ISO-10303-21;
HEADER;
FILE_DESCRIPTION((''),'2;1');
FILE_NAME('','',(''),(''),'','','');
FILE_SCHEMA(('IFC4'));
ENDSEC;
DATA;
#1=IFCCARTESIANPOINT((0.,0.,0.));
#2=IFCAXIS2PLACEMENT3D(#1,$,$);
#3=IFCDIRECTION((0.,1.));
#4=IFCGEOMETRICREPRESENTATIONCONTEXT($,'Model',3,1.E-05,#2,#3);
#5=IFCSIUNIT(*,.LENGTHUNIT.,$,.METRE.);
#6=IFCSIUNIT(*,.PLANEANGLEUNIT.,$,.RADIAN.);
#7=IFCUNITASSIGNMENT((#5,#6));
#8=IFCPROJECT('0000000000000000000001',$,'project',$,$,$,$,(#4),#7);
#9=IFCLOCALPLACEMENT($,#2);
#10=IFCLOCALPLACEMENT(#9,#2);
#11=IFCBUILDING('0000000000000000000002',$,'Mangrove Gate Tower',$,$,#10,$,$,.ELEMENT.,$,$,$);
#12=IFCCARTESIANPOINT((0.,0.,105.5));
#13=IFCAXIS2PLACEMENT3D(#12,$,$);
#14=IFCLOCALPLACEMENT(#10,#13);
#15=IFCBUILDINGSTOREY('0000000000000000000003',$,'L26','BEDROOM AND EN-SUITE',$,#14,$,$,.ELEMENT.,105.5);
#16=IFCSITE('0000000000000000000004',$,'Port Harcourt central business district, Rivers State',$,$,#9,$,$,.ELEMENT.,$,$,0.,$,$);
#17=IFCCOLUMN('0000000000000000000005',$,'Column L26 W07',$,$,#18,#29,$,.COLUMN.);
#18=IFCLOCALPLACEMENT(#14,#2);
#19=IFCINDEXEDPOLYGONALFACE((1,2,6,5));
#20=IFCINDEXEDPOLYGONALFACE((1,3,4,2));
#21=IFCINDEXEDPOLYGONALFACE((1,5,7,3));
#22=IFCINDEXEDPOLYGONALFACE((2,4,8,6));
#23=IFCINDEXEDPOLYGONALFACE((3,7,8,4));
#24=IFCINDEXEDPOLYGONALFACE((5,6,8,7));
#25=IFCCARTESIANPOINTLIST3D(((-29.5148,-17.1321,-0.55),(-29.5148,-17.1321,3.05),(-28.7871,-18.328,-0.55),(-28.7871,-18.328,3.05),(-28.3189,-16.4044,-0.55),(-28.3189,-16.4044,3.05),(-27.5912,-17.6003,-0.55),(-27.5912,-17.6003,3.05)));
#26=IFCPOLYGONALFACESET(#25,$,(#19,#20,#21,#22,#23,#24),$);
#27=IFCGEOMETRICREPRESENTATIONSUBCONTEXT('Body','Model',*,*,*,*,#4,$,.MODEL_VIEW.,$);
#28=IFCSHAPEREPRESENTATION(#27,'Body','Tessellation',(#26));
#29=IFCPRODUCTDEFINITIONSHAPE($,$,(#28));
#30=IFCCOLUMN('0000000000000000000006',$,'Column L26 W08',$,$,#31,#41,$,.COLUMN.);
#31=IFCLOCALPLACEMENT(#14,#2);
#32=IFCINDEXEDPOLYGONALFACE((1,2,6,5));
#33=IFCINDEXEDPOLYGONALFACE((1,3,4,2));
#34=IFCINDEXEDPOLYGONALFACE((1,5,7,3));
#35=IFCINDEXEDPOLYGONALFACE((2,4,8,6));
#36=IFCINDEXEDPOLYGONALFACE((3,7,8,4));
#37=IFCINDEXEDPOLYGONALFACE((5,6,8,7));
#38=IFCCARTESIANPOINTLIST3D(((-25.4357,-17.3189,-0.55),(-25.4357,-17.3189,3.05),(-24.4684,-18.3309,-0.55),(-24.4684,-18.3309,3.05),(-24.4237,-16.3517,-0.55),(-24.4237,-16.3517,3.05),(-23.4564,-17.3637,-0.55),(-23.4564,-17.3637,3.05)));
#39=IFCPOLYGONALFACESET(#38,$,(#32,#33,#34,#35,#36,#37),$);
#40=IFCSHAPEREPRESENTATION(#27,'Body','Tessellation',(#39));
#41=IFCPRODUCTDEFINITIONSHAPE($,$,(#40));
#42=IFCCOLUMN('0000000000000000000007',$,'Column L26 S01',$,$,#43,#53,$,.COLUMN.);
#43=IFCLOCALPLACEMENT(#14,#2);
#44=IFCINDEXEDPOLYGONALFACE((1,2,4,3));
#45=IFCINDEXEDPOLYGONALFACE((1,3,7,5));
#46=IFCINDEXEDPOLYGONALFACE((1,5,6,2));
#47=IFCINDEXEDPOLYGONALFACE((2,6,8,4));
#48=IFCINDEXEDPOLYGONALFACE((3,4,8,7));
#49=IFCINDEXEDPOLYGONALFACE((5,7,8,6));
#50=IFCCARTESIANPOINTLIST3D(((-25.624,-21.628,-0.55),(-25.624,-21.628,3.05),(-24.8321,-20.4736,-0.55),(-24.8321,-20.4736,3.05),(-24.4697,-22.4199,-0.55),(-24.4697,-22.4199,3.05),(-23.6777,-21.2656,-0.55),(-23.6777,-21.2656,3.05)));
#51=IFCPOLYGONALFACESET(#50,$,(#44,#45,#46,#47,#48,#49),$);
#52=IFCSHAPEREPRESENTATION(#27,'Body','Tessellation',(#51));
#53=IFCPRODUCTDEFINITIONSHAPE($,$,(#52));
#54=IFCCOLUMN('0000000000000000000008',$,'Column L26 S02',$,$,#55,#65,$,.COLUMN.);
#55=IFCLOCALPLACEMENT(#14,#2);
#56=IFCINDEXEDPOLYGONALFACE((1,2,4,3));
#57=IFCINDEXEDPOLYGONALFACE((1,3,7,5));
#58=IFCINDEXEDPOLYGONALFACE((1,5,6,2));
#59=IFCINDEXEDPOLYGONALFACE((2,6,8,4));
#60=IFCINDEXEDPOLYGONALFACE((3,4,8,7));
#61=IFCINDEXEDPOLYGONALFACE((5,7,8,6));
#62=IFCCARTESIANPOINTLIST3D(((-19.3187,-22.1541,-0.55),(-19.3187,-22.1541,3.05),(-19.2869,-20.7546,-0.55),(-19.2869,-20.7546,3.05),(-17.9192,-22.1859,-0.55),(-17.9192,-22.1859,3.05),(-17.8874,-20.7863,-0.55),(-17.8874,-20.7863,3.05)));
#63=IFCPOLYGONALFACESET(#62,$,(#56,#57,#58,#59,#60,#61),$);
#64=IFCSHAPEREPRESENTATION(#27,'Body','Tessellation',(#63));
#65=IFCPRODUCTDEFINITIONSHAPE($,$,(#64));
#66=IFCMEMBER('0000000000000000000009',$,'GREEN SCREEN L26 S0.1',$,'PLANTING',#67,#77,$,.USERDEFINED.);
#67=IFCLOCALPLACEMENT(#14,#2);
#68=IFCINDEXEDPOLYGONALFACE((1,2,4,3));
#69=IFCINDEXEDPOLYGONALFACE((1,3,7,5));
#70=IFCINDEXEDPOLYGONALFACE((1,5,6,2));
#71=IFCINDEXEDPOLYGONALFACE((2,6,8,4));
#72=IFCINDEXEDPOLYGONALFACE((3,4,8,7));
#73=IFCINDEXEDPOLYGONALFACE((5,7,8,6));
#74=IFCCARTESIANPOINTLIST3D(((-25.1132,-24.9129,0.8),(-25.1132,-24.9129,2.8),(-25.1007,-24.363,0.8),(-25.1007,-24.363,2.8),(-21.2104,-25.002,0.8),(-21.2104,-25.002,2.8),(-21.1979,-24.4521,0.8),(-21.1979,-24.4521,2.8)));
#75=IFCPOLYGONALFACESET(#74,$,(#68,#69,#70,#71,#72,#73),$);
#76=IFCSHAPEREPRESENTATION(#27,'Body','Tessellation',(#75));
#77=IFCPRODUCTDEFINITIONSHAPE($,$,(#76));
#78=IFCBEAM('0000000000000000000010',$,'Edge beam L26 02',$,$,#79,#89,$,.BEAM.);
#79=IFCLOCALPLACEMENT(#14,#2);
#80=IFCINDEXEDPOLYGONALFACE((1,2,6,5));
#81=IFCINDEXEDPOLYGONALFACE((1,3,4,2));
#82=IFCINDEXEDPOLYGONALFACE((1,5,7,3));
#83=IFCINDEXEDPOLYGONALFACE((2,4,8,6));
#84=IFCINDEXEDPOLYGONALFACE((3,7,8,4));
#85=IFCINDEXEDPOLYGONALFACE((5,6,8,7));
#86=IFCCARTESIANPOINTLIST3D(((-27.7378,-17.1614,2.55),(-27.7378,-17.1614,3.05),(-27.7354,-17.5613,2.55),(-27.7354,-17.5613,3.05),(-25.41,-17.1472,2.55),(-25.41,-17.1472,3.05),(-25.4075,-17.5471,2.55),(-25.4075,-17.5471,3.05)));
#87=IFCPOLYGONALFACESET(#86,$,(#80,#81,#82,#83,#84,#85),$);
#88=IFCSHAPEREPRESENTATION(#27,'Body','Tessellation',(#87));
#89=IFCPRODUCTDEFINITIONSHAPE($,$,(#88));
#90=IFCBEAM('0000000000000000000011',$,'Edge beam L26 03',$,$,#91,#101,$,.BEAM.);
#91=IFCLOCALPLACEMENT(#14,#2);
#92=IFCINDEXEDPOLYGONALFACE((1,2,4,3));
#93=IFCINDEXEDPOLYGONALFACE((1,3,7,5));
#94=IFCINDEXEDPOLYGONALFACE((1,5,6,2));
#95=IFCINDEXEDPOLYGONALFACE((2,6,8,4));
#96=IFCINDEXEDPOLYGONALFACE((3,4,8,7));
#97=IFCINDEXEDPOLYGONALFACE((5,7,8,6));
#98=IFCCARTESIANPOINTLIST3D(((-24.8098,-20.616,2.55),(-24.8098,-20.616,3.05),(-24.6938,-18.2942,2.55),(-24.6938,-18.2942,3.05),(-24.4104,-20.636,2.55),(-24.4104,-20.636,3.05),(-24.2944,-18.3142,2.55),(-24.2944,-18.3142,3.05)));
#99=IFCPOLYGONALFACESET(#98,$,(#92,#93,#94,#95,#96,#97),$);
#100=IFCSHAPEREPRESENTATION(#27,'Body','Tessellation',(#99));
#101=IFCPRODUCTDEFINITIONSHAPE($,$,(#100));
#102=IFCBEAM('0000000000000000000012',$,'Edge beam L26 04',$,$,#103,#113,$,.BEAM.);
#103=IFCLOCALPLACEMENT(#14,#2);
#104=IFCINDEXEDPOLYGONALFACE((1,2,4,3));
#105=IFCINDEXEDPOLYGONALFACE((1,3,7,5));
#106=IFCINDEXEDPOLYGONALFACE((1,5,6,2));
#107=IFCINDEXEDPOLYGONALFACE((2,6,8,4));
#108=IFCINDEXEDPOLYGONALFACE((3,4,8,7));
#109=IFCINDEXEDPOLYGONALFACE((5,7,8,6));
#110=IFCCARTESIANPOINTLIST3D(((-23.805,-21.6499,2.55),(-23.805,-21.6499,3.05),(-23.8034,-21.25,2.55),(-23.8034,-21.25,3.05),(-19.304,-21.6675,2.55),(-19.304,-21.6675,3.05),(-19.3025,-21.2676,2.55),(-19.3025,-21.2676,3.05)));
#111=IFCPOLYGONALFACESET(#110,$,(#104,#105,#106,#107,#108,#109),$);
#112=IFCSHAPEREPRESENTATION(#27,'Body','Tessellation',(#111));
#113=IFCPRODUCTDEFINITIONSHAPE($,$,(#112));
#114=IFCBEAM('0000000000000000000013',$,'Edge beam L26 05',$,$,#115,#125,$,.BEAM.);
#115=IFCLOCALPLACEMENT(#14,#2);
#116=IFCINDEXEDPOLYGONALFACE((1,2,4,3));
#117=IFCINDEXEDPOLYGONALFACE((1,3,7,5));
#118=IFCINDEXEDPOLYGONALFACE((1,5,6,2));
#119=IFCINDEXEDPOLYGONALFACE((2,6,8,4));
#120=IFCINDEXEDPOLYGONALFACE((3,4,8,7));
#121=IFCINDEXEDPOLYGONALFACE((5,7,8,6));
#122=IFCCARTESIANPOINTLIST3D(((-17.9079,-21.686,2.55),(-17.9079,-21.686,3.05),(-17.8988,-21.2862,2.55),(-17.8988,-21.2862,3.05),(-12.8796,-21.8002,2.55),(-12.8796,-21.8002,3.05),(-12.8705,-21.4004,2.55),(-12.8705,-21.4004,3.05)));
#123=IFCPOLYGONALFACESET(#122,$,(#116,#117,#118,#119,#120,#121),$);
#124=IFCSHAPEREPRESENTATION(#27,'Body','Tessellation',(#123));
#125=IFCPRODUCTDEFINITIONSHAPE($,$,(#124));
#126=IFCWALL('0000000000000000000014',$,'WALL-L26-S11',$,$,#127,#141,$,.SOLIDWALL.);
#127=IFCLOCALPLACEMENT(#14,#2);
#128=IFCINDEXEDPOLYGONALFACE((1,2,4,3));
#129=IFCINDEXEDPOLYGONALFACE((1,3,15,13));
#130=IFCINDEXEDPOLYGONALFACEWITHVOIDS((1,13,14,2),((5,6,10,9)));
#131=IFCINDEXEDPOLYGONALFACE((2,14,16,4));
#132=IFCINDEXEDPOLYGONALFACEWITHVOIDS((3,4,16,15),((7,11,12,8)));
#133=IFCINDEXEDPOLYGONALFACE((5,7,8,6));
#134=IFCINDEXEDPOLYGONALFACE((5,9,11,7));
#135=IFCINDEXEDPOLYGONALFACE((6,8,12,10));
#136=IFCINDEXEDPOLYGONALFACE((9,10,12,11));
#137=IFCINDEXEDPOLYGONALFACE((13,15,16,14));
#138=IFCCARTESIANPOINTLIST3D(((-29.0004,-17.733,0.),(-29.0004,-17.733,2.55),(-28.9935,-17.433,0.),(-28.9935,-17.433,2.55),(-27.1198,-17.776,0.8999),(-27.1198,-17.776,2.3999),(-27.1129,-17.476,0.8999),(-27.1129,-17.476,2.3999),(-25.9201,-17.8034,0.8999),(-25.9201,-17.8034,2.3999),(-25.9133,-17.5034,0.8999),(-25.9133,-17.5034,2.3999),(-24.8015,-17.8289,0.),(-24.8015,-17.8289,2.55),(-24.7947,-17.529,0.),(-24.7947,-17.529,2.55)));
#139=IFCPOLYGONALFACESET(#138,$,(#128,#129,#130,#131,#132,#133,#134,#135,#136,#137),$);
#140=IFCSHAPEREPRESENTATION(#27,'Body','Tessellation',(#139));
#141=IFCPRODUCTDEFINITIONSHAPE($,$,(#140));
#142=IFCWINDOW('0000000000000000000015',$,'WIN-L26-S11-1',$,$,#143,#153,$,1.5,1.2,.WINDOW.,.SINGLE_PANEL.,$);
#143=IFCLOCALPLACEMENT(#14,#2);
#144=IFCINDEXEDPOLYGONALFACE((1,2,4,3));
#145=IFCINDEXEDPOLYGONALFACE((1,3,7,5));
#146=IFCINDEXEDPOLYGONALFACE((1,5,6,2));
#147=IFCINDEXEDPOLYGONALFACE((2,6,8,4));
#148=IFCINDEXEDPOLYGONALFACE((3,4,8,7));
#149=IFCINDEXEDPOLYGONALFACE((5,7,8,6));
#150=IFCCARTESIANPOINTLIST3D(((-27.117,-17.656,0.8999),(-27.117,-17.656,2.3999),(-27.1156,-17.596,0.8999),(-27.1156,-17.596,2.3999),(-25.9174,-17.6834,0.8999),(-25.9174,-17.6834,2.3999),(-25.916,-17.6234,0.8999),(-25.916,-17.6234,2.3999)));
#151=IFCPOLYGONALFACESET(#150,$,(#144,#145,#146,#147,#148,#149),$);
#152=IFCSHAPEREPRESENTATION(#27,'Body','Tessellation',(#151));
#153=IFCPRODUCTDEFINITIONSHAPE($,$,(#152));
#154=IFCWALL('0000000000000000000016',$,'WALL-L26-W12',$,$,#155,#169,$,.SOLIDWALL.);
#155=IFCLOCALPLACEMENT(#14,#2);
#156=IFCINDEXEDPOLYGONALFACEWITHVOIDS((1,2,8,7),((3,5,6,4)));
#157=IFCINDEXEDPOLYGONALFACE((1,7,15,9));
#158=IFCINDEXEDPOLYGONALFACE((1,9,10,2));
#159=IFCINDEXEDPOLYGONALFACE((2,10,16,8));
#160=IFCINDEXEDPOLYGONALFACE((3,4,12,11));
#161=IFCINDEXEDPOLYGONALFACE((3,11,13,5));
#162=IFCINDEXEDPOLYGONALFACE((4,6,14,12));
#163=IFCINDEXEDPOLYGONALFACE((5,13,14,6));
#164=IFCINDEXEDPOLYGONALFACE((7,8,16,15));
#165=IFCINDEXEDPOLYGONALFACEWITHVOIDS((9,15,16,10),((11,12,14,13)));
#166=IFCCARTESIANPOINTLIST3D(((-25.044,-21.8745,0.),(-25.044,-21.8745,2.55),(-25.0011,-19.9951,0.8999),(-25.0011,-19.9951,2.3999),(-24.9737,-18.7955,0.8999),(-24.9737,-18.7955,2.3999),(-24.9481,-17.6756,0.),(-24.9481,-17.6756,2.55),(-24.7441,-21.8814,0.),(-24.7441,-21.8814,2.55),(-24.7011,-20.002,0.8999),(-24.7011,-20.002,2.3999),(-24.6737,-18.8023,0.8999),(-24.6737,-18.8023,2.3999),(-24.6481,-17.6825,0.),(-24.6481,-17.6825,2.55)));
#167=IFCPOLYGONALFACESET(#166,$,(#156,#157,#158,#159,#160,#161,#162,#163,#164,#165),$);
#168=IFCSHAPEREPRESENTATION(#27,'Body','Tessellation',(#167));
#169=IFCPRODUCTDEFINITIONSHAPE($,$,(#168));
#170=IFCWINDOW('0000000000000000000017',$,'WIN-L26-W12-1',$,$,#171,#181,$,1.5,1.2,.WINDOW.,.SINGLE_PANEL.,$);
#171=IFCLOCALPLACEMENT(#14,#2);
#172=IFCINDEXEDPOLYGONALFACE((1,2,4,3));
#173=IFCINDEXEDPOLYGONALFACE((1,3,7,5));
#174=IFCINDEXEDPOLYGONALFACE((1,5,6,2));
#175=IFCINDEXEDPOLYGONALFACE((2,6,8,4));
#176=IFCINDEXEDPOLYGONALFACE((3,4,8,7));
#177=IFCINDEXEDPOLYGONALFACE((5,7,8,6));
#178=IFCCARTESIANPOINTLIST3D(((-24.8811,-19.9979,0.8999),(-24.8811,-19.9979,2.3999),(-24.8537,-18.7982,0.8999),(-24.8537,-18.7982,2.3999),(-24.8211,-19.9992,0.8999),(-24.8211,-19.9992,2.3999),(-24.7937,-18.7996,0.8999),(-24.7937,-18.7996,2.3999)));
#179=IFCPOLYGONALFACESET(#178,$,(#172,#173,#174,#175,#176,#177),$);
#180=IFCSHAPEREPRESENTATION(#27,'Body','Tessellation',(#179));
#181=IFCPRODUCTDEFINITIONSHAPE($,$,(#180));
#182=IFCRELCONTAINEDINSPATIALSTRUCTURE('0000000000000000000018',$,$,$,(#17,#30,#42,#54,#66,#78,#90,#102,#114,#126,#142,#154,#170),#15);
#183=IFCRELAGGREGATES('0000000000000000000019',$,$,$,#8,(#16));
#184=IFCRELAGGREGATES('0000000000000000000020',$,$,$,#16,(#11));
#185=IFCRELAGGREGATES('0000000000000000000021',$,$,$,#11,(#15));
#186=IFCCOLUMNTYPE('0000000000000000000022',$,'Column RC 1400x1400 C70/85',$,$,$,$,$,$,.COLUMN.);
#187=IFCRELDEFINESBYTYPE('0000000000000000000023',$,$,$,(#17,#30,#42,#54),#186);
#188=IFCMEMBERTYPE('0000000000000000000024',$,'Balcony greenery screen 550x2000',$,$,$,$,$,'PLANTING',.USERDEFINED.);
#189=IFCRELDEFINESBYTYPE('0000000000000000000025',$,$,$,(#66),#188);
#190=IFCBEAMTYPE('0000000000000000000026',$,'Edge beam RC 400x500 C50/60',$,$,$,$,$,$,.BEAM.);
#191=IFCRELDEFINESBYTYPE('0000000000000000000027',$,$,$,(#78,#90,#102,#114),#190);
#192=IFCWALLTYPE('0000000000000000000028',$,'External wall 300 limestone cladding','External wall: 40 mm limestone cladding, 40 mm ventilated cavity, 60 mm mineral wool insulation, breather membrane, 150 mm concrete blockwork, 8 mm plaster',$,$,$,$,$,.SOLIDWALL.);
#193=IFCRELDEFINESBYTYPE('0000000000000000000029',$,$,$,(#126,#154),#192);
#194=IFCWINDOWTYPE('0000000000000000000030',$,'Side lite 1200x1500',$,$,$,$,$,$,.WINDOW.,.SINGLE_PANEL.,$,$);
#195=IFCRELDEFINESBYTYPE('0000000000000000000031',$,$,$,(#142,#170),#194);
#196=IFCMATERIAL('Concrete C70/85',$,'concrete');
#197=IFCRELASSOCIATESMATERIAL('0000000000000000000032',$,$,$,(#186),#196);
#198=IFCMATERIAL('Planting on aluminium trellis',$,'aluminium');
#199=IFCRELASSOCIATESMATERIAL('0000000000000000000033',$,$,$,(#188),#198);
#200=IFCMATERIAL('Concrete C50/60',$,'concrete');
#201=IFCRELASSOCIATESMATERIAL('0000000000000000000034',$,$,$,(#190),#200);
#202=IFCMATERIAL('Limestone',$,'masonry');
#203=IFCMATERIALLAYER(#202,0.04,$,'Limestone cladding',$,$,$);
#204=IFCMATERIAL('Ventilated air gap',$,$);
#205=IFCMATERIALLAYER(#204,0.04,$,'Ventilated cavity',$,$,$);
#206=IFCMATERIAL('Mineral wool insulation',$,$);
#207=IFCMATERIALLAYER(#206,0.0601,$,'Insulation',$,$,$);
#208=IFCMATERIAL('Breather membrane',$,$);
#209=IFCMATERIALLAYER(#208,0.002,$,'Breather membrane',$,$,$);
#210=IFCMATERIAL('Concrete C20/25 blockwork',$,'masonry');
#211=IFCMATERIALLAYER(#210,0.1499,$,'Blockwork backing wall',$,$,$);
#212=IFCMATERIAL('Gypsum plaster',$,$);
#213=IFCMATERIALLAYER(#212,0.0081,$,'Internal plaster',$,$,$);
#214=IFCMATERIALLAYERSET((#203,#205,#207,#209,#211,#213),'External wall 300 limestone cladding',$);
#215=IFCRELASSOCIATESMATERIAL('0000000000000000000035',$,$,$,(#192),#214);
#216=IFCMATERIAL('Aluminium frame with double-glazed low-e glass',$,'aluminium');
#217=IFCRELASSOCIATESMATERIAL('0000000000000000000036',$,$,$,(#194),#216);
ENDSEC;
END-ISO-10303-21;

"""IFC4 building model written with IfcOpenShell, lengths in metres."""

from ifc_helpers import new_model, si_unit, direction, frame, frame_2d, origin, origin_2d, place, context, subcontext, project, spatial, rectangle, extrude, material, layer, layer_set, material_profile, profile_set, type_object, element, fill, save


model = new_model("IFC4")

# Units and contexts
model_context = context("Model", 3, precision=1e-05, world=origin(), true_north=direction((0.0, 1.0)))
body_context = subcontext(model_context, "Body", "Model", "MODEL_VIEW")
ifc_project = project(units=[si_unit("LENGTHUNIT", "METRE"), si_unit("PLANEANGLEUNIT", "RADIAN")], contexts=[model_context])

# Site, building, storey
site_placement = place(None, origin())
site = spatial("IfcSite", under=ifc_project, at=site_placement, Name="Port Harcourt central business district, Rivers State", CompositionType="ELEMENT", RefElevation=0.0)
building_placement = place(site_placement, origin())
building = spatial("IfcBuilding", under=site, at=building_placement, Name="Mangrove Gate Tower", CompositionType="ELEMENT")
storey_placement = place(building_placement, frame((0.0, 0.0, 105.5)))
storey = spatial("IfcBuildingStorey", under=building, at=storey_placement, Name="L26", Description="BEDROOM AND EN-SUITE", CompositionType="ELEMENT", Elevation=105.5)

# Columns
ifc_material_1 = material(Name="Concrete C70/85", Category="concrete")
ifc_material_profile_1 = material_profile(ifc_material_1, rectangle(XDim=1.3999, YDim=1.3999, at=origin_2d()))
ifc_profile_set_1 = profile_set([ifc_material_profile_1], Name="Concrete C70/85")
column_type = type_object("IfcColumnType", Name="Column RC 1400x1400 C70/85", PredefinedType="COLUMN", material=ifc_profile_set_1)
for number, where, z_axis, x_axis, name in (
    (1, (-28.553, -17.3662, -0.55), (0.0, 0.0, 1.0), (0.519809, -0.854283, 0.0), "Column L26 W07"),
    (2, (-24.446, -17.3413, -0.55), (0.0, 0.0, 1.0), (0.690932, -0.72292, 0.0), "Column L26 W08"),
    (3, (-24.6509, -21.4468, -0.55), (0.0, 0.0, 1.0), (0.824585, -0.565738, 0.0), "Column L26 S01"),
    (4, (-18.603, -21.4702, -0.55), (0.0, 0.0, 1.0), (0.999742, -0.022707, 0.0), "Column L26 S02"),
):
    element("IfcColumn", number, at=place(storey_placement, frame(where, z_axis=z_axis, x_axis=x_axis)), inside=storey, type_object=column_type, Name=name, PredefinedType="COLUMN", context=body_context, shape_type="SweptSolid", body=[
        extrude(rectangle(XDim=1.3999, YDim=1.3999, at=origin_2d()), origin(), (0.0, 0.0, 1.0), 3.6001),
    ])

# Member
ifc_material_2 = material(Name="Planting on aluminium trellis", Category="aluminium")
ifc_material_profile_2 = material_profile(ifc_material_2, rectangle(XDim=0.55, YDim=2.0, at=origin_2d()))
ifc_profile_set_2 = profile_set([ifc_material_profile_2], Name="Planting on aluminium trellis")
member_type = type_object("IfcMemberType", Name="Balcony greenery screen 550x2000", ElementType="PLANTING", PredefinedType="USERDEFINED", material=ifc_profile_set_2)
member_placement = place(storey_placement, frame((-25.1069, -24.6379, 1.8), z_axis=(0.999739, -0.022827, 0.0), x_axis=(0.022827, 0.999739, 0.0)))
element("IfcMember", 5, at=member_placement, inside=storey, type_object=member_type, Name="GREEN SCREEN L26 S0.1", ObjectType="PLANTING", PredefinedType="USERDEFINED", context=body_context, shape_type="SweptSolid", body=[
    extrude(rectangle(XDim=0.55, YDim=2.0, at=origin_2d()), origin(), (0.0, 0.0, 1.0), 3.9038),
])

# Beams
ifc_material_3 = material(Name="Concrete C50/60", Category="concrete")
ifc_material_profile_3 = material_profile(ifc_material_3, rectangle(XDim=0.3999, YDim=0.5, at=origin_2d()))
ifc_profile_set_3 = profile_set([ifc_material_profile_3], Name="Concrete C50/60")
beam_type = type_object("IfcBeamType", Name="Edge beam RC 400x500 C50/60", PredefinedType="BEAM", material=ifc_profile_set_3)
beam_1_placement = place(storey_placement, frame((-27.7366, -17.3613, 2.8), z_axis=(0.999981, 0.006083, 0.0), x_axis=(-0.006083, 0.999981, 0.0)))
element("IfcBeam", 6, at=beam_1_placement, inside=storey, type_object=beam_type, Name="Edge beam L26 02", PredefinedType="BEAM", context=body_context, shape_type="SweptSolid", body=[
    extrude(rectangle(XDim=0.3999, YDim=0.5, at=origin_2d()), origin(), (0.0, 0.0, 1.0), 2.3279),
])
beam_2_placement = place(storey_placement, frame((-24.4941, -18.3042, 2.8), z_axis=(-0.049885, -0.998755, 0.0), x_axis=(0.998755, -0.049885, 0.0)))
element("IfcBeam", 7, at=beam_2_placement, inside=storey, type_object=beam_type, Name="Edge beam L26 03", PredefinedType="BEAM", context=body_context, shape_type="SweptSolid", body=[
    extrude(rectangle(XDim=0.3999, YDim=0.5, at=origin_2d()), origin(), (0.0, 0.0, 1.0), 2.3247),
])
beam_3_placement = place(storey_placement, frame((-23.8042, -21.45, 2.8), z_axis=(0.999992, -0.003905, 0.0), x_axis=(0.003905, 0.999992, 0.0)))
element("IfcBeam", 8, at=beam_3_placement, inside=storey, type_object=beam_type, Name="Edge beam L26 04", PredefinedType="BEAM", context=body_context, shape_type="SweptSolid", body=[
    extrude(rectangle(XDim=0.3999, YDim=0.5, at=origin_2d()), origin(), (0.0, 0.0, 1.0), 4.501),
])
beam_4_placement = place(storey_placement, frame((-17.9033, -21.4861, 2.8), z_axis=(0.999742, -0.022717, 0.0), x_axis=(0.022717, 0.999742, 0.0)))
element("IfcBeam", 9, at=beam_4_placement, inside=storey, type_object=beam_type, Name="Edge beam L26 05", PredefinedType="BEAM", context=body_context, shape_type="SweptSolid", body=[
    extrude(rectangle(XDim=0.3999, YDim=0.5, at=origin_2d()), origin(), (0.0, 0.0, 1.0), 5.0295),
])

# Walls, openings, windows
ifc_material_4 = material(Name="Limestone", Category="masonry")
ifc_layer_1 = layer(ifc_material_4, 0.04, Name="Limestone cladding")
ifc_material_5 = material(Name="Ventilated air gap")
ifc_layer_2 = layer(ifc_material_5, 0.04, Name="Ventilated cavity")
ifc_material_6 = material(Name="Mineral wool insulation")
ifc_layer_3 = layer(ifc_material_6, 0.0601, Name="Insulation")
ifc_material_7 = material(Name="Breather membrane")
ifc_layer_4 = layer(ifc_material_7, 0.002, Name="Breather membrane")
ifc_material_8 = material(Name="Concrete C20/25 blockwork", Category="masonry")
ifc_layer_5 = layer(ifc_material_8, 0.1499, Name="Blockwork backing wall")
ifc_material_9 = material(Name="Gypsum plaster")
ifc_layer_6 = layer(ifc_material_9, 0.0081, Name="Internal plaster")
ifc_layer_set_1 = layer_set([ifc_layer_1, ifc_layer_2, ifc_layer_3, ifc_layer_4, ifc_layer_5, ifc_layer_6], Name="External wall 300 limestone cladding")
wall_type_1 = type_object("IfcWallType", Name="External wall 300 limestone cladding", Description="External wall: 40 mm limestone cladding, 40 mm ventilated cavity, 60 mm mineral wool insulation, breather membrane, 150 mm concrete blockwork, 8 mm plaster", PredefinedType="SOLIDWALL", material=ifc_layer_set_1)
wall_1_placement = place(storey_placement, frame((-28.9971, -17.583, 0.0), z_axis=(0.0, 0.0, 1.0), x_axis=(0.999739, -0.022844, 0.0)))
wall_1 = element("IfcWall", 10, at=wall_1_placement, inside=storey, type_object=wall_type_1, Name="WALL-L26-S11", PredefinedType="SOLIDWALL", context=body_context, shape_type="SweptSolid", body=[
    extrude(rectangle(XDim=4.2, YDim=0.3, at=frame_2d((2.1001, 0.0))), origin(), (0.0, 0.0, 1.0), 2.55),
])
opening_1_placement = place(wall_1_placement, frame((1.8811, 0.0, 0.8999)))
opening_1 = element("IfcOpeningElement", 11, at=opening_1_placement, cuts=wall_1, PredefinedType="OPENING", context=body_context, shape_type="SweptSolid", body=[
    extrude(rectangle(XDim=1.2, YDim=1.5, at=frame_2d((0.6001, 0.75))), frame((0.0, 0.1599, 0.0), z_axis=(0.0, -1.0, 0.0), x_axis=(1.0, 0.0, 0.0)), (0.0, 0.0, 1.0), 0.3201),
])
ifc_material_10 = material(Name="Aluminium frame with double-glazed low-e glass", Category="aluminium")
window_type_1 = type_object("IfcWindowType", Name="Side lite 1200x1500", PartitioningType="SINGLE_PANEL", PredefinedType="WINDOW", material=ifc_material_10)
window_1_placement = place(opening_1_placement, origin())
window_1 = element("IfcWindow", 12, at=window_1_placement, inside=storey, type_object=window_type_1, Name="WIN-L26-S11-1", OverallHeight=1.5, OverallWidth=1.2, PartitioningType="SINGLE_PANEL", PredefinedType="WINDOW", context=body_context, shape_type="SweptSolid", body=[
    extrude(rectangle(XDim=1.2, YDim=1.5, at=frame_2d((0.6001, 0.75))), frame((0.0, 0.03, 0.0), z_axis=(0.0, -1.0, 0.0), x_axis=(1.0, 0.0, 0.0)), (0.0, 0.0, 1.0), 0.0601),
])
fill(opening_1, window_1)
wall_2_placement = place(storey_placement, frame((-24.7981, -17.679, 0.0), z_axis=(0.0, 0.0, 1.0), x_axis=(-0.022844, -0.999739, 0.0)))
wall_2 = element("IfcWall", 13, at=wall_2_placement, inside=storey, type_object=wall_type_1, Name="WALL-L26-W12", PredefinedType="SOLIDWALL", context=body_context, shape_type="SweptSolid", body=[
    extrude(rectangle(XDim=4.2, YDim=0.3, at=frame_2d((2.1001, 0.0))), origin(), (0.0, 0.0, 1.0), 2.55),
])
opening_2_placement = place(wall_2_placement, frame((1.1201, 0.0, 0.8999)))
opening_2 = element("IfcOpeningElement", 14, at=opening_2_placement, cuts=wall_2, PredefinedType="OPENING", context=body_context, shape_type="SweptSolid", body=[
    extrude(rectangle(XDim=1.2, YDim=1.5, at=frame_2d((0.6001, 0.75))), frame((0.0, 0.1599, 0.0), z_axis=(0.0, -1.0, 0.0), x_axis=(1.0, 0.0, 0.0)), (0.0, 0.0, 1.0), 0.3201),
])
window_2_placement = place(opening_2_placement, origin())
window_2 = element("IfcWindow", 15, at=window_2_placement, inside=storey, type_object=window_type_1, Name="WIN-L26-W12-1", OverallHeight=1.5, OverallWidth=1.2, PartitioningType="SINGLE_PANEL", PredefinedType="WINDOW", context=body_context, shape_type="SweptSolid", body=[
    extrude(rectangle(XDim=1.2, YDim=1.5, at=frame_2d((0.6001, 0.75))), frame((0.0, 0.03, 0.0), z_axis=(0.0, -1.0, 0.0), x_axis=(1.0, 0.0, 0.0)), (0.0, 0.0, 1.0), 0.0601),
])
fill(opening_2, window_2)

save(model, "model.ifc")
